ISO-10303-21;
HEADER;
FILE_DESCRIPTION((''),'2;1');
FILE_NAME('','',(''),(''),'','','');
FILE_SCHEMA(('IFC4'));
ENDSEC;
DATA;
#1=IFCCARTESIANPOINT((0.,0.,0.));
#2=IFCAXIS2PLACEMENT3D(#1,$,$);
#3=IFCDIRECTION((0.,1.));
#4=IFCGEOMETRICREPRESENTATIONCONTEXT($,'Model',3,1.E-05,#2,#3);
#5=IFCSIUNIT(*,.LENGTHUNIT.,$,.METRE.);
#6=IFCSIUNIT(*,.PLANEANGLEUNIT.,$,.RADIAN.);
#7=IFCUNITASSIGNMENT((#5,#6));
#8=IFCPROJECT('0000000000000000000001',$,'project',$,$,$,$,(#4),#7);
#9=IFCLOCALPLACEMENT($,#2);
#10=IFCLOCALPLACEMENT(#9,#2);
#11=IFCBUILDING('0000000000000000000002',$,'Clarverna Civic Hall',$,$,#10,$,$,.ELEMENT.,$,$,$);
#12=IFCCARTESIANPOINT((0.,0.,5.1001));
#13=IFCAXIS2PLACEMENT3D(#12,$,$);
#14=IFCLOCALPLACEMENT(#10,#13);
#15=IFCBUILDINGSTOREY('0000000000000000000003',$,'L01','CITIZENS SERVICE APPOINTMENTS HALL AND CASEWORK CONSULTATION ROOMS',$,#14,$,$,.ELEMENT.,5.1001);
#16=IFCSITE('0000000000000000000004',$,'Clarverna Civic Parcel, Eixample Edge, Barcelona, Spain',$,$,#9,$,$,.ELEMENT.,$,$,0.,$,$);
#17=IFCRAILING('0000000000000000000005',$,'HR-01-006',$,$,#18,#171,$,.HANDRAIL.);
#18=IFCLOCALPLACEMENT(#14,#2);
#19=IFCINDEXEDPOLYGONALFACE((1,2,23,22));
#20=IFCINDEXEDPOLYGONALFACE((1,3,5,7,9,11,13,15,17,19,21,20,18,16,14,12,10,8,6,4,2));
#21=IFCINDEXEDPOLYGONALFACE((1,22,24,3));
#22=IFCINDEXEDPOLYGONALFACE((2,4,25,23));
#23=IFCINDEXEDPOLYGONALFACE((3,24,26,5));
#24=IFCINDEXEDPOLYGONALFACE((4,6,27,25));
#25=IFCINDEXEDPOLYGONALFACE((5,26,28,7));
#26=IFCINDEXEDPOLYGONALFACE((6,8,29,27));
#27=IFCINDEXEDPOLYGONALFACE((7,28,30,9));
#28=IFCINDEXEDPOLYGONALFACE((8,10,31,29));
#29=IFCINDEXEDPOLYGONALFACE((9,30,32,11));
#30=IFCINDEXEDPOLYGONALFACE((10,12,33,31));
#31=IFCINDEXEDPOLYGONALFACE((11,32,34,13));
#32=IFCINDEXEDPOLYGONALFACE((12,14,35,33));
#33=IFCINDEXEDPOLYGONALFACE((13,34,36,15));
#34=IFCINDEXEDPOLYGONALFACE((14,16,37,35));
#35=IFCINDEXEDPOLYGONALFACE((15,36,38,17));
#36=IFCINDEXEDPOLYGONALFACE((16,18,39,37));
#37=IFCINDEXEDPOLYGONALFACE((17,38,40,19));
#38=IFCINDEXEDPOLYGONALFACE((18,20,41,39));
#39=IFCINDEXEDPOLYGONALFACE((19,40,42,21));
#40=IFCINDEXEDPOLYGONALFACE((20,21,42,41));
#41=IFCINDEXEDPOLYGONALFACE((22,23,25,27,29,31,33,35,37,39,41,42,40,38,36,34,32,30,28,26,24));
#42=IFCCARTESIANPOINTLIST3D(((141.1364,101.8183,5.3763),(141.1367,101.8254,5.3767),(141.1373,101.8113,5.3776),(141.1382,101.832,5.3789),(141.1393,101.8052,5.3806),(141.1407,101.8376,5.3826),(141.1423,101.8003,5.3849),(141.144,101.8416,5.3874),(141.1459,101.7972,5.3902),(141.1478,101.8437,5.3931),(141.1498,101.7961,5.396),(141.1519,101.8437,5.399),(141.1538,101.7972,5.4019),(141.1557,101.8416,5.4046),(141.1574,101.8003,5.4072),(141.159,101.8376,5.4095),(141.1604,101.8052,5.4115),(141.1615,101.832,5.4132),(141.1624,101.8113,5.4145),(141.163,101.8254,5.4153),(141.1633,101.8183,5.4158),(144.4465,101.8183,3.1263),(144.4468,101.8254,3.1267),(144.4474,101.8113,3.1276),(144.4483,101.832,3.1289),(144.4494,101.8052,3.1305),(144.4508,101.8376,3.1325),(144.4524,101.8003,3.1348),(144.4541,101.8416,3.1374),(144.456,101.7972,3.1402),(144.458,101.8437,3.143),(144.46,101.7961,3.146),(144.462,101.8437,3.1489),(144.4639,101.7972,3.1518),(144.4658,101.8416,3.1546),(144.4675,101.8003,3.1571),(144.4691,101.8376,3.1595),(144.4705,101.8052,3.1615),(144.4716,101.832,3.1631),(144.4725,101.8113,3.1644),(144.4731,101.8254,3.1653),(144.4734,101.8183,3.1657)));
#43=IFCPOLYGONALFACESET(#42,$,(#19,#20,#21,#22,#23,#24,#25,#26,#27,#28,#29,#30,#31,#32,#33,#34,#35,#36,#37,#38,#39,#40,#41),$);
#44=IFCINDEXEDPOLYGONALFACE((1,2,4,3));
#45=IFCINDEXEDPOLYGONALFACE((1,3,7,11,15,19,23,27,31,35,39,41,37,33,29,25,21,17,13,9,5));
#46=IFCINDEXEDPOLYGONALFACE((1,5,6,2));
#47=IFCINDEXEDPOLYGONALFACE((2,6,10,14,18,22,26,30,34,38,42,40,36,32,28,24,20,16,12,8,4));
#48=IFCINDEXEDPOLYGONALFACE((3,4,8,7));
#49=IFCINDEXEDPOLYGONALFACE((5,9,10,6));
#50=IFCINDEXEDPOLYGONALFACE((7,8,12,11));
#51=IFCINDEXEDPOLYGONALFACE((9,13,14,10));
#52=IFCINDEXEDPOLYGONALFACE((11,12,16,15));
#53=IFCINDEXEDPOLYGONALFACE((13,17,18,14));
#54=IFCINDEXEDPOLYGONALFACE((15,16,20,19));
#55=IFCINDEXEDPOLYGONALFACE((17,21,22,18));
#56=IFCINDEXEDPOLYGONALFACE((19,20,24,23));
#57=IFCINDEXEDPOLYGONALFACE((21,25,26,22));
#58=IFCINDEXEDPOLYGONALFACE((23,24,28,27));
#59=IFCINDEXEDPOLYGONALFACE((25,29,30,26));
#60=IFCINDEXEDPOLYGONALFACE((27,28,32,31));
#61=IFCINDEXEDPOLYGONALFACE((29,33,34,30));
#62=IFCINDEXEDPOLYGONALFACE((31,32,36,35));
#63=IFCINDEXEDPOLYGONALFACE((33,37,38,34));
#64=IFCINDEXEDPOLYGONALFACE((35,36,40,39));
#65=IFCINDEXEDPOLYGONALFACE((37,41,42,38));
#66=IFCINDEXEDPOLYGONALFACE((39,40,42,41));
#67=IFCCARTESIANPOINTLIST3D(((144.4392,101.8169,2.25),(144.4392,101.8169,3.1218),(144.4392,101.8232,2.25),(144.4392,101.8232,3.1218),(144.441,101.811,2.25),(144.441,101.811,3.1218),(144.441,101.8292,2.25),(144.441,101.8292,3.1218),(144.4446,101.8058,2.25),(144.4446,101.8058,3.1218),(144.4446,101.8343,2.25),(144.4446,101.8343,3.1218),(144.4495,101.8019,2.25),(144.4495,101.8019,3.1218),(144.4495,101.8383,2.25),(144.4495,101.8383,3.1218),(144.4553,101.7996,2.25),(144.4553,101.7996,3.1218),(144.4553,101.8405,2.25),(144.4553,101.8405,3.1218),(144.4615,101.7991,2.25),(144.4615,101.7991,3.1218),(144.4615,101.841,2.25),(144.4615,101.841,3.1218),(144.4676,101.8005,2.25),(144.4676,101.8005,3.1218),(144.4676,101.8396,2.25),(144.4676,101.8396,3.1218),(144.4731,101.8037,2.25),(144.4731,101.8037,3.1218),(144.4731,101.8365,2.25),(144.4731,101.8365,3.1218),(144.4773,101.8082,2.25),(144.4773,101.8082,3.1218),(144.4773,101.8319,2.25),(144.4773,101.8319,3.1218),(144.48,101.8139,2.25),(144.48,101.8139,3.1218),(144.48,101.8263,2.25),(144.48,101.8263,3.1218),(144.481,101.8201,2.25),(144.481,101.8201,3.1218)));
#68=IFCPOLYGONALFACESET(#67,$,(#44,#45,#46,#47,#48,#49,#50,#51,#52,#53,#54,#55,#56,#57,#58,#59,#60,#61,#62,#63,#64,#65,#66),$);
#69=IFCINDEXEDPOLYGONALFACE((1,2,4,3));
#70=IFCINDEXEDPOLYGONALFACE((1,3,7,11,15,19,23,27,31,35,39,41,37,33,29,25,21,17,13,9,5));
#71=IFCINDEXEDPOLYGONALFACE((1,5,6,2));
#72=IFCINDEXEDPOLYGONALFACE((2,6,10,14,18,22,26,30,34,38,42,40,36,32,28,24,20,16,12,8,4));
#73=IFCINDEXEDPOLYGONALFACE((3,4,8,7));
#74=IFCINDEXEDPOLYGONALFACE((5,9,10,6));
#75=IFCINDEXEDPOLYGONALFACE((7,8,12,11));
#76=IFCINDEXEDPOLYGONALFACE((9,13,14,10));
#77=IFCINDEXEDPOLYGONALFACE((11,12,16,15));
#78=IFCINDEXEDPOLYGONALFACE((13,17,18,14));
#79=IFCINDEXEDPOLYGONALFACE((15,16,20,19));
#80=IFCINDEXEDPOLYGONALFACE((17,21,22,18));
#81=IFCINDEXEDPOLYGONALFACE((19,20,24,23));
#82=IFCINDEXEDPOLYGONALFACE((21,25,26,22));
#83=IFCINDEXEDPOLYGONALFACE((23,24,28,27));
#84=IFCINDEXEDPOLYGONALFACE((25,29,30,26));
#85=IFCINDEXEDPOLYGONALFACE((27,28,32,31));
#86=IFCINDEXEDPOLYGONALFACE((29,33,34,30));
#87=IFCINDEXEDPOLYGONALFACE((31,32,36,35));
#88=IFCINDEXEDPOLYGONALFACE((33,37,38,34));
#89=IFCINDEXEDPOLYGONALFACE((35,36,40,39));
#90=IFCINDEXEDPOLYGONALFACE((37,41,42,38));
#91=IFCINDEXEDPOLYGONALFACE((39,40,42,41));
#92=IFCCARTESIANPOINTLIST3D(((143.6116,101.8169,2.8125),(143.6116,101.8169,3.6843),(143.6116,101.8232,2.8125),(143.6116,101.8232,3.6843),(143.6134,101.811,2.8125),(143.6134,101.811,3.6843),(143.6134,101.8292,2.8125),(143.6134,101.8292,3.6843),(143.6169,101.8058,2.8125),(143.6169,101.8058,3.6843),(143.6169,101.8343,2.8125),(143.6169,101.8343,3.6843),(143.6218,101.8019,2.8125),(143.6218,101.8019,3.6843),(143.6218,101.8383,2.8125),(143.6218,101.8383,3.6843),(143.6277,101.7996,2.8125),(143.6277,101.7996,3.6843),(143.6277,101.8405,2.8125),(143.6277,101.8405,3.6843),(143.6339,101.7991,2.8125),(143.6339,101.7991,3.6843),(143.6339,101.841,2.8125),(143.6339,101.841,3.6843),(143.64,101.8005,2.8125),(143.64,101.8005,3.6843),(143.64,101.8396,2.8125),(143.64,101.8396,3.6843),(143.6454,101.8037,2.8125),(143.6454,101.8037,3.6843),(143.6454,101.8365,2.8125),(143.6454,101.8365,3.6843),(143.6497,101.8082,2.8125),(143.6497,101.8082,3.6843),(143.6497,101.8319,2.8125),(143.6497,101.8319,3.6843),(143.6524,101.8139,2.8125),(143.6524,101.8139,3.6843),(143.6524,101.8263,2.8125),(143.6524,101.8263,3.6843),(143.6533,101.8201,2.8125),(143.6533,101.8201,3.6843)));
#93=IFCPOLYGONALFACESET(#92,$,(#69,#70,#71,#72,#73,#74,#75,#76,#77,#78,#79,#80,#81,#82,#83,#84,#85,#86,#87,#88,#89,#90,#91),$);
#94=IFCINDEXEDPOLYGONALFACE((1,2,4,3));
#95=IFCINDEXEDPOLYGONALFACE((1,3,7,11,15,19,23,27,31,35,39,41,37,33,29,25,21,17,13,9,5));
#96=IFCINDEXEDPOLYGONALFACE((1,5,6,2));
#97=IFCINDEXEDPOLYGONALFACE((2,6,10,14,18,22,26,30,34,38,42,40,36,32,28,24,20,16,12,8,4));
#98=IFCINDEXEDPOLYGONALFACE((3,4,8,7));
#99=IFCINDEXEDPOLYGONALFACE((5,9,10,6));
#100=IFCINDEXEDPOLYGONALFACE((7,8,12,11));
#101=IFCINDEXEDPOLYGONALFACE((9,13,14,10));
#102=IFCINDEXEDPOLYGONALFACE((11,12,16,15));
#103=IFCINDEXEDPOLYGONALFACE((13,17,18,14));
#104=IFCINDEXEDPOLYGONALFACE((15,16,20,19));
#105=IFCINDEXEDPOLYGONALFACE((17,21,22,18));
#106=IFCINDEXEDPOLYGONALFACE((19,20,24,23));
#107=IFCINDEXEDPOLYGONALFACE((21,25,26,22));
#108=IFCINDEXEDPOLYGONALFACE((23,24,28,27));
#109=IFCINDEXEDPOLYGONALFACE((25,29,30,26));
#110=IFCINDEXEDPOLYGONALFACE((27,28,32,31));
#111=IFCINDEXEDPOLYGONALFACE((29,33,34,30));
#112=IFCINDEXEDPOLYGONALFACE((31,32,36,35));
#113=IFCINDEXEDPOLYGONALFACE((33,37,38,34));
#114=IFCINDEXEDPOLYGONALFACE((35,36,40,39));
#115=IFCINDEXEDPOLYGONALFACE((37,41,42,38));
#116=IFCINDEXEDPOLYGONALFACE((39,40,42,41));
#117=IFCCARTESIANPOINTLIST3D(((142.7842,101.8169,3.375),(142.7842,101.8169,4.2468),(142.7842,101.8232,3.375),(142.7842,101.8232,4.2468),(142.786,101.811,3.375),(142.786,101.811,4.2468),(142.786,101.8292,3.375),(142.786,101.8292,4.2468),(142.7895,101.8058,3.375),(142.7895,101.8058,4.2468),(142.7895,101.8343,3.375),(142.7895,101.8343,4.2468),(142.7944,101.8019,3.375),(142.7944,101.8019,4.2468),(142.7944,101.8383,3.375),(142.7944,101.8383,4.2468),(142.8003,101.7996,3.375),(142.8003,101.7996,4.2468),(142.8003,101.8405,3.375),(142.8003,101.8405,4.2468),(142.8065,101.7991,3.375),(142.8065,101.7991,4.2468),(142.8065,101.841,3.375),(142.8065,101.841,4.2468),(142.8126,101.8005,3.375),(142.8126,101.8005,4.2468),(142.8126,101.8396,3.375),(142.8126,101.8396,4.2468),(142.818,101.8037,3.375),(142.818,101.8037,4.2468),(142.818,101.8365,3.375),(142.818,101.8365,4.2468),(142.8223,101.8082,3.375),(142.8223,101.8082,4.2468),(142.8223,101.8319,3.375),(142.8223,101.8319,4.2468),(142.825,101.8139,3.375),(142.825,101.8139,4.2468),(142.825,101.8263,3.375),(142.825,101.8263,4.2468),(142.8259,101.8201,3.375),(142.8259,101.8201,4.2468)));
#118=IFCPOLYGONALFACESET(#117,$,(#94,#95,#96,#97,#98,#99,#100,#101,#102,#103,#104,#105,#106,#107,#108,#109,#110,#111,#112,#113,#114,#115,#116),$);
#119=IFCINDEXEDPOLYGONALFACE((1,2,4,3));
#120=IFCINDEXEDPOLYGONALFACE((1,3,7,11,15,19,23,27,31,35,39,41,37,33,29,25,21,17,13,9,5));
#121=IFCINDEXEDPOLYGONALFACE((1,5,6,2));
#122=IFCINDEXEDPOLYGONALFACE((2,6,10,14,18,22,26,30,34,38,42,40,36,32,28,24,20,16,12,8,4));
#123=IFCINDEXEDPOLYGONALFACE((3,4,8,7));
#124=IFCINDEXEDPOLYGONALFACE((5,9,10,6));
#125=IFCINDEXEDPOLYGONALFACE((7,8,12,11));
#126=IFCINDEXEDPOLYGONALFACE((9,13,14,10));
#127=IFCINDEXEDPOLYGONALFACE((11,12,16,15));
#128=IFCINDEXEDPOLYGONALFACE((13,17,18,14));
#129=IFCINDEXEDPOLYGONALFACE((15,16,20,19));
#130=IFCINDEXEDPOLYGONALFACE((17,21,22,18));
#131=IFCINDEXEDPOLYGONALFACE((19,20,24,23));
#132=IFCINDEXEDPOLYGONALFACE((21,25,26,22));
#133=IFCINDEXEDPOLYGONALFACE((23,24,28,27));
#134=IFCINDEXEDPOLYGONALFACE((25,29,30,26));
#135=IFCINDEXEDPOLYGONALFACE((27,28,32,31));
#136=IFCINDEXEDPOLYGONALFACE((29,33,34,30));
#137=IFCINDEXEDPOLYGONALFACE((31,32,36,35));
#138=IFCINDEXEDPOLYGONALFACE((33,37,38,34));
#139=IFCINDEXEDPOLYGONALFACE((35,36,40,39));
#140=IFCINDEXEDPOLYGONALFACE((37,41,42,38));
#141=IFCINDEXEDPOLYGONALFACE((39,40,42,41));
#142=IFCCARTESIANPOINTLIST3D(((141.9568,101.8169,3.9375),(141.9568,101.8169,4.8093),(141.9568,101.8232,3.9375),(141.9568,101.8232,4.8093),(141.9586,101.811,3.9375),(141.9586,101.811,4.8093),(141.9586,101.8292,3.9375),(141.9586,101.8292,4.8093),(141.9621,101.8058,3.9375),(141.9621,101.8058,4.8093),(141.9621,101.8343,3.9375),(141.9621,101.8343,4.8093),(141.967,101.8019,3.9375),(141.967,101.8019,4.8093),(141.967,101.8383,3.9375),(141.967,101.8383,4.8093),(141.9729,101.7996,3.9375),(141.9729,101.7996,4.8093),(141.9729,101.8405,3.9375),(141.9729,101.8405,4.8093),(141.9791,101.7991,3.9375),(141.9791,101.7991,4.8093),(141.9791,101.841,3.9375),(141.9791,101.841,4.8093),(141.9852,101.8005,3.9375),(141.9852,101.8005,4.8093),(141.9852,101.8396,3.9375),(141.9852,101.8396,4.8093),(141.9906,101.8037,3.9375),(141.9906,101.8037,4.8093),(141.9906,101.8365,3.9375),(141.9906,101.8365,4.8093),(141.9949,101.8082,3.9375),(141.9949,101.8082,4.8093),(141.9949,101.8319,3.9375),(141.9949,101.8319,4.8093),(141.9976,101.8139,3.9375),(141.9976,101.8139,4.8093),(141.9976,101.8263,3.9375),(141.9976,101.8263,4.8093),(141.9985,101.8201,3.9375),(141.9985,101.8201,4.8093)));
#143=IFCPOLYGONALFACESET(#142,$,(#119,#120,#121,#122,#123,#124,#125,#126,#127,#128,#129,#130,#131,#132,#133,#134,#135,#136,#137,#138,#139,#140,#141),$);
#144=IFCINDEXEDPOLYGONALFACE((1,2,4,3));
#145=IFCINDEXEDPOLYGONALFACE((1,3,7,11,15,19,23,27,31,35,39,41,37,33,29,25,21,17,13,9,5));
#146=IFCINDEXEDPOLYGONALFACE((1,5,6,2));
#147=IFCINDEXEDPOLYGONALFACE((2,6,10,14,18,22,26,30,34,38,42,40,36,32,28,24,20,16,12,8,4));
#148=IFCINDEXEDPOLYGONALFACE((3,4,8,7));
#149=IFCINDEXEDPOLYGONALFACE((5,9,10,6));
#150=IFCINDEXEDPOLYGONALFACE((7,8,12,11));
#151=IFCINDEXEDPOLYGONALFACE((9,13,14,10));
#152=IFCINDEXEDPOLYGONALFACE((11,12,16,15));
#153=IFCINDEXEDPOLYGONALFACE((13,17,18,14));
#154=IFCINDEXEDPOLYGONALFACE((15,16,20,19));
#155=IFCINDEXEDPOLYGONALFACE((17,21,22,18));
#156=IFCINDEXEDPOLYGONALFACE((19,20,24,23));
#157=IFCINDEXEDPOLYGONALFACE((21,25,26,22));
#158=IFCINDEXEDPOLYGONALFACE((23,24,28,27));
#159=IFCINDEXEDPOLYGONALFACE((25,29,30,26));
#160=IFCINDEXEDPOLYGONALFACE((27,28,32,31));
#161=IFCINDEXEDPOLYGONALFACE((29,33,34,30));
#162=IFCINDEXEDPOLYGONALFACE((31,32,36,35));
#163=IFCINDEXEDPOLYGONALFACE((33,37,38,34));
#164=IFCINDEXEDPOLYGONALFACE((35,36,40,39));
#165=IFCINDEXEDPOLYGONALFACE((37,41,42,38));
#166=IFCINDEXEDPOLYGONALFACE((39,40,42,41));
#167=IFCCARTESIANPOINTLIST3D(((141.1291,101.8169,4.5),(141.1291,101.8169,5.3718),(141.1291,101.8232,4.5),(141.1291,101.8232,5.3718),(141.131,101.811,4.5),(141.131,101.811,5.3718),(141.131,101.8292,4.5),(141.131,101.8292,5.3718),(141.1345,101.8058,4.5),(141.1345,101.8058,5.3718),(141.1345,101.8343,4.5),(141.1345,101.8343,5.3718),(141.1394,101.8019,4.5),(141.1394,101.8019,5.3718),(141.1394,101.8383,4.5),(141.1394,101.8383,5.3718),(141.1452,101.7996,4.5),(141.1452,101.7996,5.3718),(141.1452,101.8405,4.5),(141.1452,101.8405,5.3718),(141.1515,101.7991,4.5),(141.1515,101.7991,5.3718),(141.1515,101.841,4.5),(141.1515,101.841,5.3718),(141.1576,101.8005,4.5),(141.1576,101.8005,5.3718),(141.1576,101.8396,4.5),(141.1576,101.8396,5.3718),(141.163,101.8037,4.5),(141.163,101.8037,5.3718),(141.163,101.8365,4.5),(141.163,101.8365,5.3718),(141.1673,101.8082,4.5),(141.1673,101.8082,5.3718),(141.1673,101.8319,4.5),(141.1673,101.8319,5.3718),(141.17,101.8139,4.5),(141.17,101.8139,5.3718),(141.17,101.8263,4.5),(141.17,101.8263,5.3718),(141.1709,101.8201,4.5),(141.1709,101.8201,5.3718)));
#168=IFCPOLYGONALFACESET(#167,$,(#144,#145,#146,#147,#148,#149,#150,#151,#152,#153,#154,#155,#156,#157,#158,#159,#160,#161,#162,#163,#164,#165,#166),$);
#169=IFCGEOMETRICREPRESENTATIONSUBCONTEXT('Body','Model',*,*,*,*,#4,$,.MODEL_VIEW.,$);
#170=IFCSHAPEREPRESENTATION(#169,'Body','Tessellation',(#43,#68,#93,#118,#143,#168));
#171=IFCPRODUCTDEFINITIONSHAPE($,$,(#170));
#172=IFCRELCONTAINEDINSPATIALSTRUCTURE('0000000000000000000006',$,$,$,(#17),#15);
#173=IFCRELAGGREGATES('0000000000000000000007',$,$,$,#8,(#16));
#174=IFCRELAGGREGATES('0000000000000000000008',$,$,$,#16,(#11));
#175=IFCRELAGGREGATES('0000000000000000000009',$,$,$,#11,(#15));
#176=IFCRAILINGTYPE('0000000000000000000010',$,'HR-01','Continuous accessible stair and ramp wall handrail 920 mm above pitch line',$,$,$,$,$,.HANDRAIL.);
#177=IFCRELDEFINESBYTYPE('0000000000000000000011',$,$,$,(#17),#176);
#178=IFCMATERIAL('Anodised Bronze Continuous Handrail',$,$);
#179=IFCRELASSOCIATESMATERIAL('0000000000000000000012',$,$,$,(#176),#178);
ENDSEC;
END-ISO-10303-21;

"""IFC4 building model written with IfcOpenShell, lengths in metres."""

from ifc_helpers import new_model, si_unit, direction, frame, origin, origin_2d, place, context, subcontext, project, spatial, circle, extrude, material, type_object, element, save


model = new_model("IFC4")

# Units and contexts
model_context = context("Model", 3, precision=1e-05, world=origin(), true_north=direction((0.0, 1.0)))
body_context = subcontext(model_context, "Body", "Model", "MODEL_VIEW")
ifc_project = project(units=[si_unit("LENGTHUNIT", "METRE"), si_unit("PLANEANGLEUNIT", "RADIAN")], contexts=[model_context])

# Site, building, storey
site_placement = place(None, origin())
site = spatial("IfcSite", under=ifc_project, at=site_placement, Name="Clarverna Civic Parcel, Eixample Edge, Barcelona, Spain", CompositionType="ELEMENT", RefElevation=0.0)
building_placement = place(site_placement, origin())
building = spatial("IfcBuilding", under=site, at=building_placement, Name="Clarverna Civic Hall", CompositionType="ELEMENT")
storey_placement = place(building_placement, frame((0.0, 0.0, 5.1001)))
storey = spatial("IfcBuildingStorey", under=building, at=storey_placement, Name="L01", Description="CITIZENS SERVICE APPOINTMENTS HALL AND CASEWORK CONSULTATION ROOMS", CompositionType="ELEMENT", Elevation=5.1001)

# Railing
ifc_material_1 = material(Name="Anodised Bronze Continuous Handrail")
railing_type_1 = type_object("IfcRailingType", Name="HR-01", Description="Continuous accessible stair and ramp wall handrail 920 mm above pitch line", PredefinedType="HANDRAIL", material=ifc_material_1)
railing_1_placement = place(storey_placement, frame((144.46, 101.8201, 2.25)))
element("IfcRailing", 1, at=railing_1_placement, inside=storey, type_object=railing_type_1, Name="HR-01-006", PredefinedType="HANDRAIL", context=body_context, shape_type="SweptSolid", body=[
    extrude(circle(Radius=0.0239, at=origin_2d()), frame((0.0, 0.0, 0.896), z_axis=(-0.827024, 0.0, 0.562167), x_axis=(0.0, -1.0, 0.0)), (0.0, 0.0, 1.0), 4.0024),
    extrude(circle(Radius=0.021, at=origin_2d()), origin(), (0.0, 0.0, 1.0), 0.8718),
    extrude(circle(Radius=0.021, at=origin_2d()), frame((-0.8276, 0.0, 0.5625)), (0.0, 0.0, 1.0), 0.8718),
    extrude(circle(Radius=0.021, at=origin_2d()), frame((-1.655, 0.0, 1.125)), (0.0, 0.0, 1.0), 0.8718),
    extrude(circle(Radius=0.021, at=origin_2d()), frame((-2.4824, 0.0, 1.6875)), (0.0, 0.0, 1.0), 0.8718),
    extrude(circle(Radius=0.021, at=origin_2d()), frame((-3.3101, 0.0, 2.25)), (0.0, 0.0, 1.0), 0.8718),
])

save(model, "model.ifc")
